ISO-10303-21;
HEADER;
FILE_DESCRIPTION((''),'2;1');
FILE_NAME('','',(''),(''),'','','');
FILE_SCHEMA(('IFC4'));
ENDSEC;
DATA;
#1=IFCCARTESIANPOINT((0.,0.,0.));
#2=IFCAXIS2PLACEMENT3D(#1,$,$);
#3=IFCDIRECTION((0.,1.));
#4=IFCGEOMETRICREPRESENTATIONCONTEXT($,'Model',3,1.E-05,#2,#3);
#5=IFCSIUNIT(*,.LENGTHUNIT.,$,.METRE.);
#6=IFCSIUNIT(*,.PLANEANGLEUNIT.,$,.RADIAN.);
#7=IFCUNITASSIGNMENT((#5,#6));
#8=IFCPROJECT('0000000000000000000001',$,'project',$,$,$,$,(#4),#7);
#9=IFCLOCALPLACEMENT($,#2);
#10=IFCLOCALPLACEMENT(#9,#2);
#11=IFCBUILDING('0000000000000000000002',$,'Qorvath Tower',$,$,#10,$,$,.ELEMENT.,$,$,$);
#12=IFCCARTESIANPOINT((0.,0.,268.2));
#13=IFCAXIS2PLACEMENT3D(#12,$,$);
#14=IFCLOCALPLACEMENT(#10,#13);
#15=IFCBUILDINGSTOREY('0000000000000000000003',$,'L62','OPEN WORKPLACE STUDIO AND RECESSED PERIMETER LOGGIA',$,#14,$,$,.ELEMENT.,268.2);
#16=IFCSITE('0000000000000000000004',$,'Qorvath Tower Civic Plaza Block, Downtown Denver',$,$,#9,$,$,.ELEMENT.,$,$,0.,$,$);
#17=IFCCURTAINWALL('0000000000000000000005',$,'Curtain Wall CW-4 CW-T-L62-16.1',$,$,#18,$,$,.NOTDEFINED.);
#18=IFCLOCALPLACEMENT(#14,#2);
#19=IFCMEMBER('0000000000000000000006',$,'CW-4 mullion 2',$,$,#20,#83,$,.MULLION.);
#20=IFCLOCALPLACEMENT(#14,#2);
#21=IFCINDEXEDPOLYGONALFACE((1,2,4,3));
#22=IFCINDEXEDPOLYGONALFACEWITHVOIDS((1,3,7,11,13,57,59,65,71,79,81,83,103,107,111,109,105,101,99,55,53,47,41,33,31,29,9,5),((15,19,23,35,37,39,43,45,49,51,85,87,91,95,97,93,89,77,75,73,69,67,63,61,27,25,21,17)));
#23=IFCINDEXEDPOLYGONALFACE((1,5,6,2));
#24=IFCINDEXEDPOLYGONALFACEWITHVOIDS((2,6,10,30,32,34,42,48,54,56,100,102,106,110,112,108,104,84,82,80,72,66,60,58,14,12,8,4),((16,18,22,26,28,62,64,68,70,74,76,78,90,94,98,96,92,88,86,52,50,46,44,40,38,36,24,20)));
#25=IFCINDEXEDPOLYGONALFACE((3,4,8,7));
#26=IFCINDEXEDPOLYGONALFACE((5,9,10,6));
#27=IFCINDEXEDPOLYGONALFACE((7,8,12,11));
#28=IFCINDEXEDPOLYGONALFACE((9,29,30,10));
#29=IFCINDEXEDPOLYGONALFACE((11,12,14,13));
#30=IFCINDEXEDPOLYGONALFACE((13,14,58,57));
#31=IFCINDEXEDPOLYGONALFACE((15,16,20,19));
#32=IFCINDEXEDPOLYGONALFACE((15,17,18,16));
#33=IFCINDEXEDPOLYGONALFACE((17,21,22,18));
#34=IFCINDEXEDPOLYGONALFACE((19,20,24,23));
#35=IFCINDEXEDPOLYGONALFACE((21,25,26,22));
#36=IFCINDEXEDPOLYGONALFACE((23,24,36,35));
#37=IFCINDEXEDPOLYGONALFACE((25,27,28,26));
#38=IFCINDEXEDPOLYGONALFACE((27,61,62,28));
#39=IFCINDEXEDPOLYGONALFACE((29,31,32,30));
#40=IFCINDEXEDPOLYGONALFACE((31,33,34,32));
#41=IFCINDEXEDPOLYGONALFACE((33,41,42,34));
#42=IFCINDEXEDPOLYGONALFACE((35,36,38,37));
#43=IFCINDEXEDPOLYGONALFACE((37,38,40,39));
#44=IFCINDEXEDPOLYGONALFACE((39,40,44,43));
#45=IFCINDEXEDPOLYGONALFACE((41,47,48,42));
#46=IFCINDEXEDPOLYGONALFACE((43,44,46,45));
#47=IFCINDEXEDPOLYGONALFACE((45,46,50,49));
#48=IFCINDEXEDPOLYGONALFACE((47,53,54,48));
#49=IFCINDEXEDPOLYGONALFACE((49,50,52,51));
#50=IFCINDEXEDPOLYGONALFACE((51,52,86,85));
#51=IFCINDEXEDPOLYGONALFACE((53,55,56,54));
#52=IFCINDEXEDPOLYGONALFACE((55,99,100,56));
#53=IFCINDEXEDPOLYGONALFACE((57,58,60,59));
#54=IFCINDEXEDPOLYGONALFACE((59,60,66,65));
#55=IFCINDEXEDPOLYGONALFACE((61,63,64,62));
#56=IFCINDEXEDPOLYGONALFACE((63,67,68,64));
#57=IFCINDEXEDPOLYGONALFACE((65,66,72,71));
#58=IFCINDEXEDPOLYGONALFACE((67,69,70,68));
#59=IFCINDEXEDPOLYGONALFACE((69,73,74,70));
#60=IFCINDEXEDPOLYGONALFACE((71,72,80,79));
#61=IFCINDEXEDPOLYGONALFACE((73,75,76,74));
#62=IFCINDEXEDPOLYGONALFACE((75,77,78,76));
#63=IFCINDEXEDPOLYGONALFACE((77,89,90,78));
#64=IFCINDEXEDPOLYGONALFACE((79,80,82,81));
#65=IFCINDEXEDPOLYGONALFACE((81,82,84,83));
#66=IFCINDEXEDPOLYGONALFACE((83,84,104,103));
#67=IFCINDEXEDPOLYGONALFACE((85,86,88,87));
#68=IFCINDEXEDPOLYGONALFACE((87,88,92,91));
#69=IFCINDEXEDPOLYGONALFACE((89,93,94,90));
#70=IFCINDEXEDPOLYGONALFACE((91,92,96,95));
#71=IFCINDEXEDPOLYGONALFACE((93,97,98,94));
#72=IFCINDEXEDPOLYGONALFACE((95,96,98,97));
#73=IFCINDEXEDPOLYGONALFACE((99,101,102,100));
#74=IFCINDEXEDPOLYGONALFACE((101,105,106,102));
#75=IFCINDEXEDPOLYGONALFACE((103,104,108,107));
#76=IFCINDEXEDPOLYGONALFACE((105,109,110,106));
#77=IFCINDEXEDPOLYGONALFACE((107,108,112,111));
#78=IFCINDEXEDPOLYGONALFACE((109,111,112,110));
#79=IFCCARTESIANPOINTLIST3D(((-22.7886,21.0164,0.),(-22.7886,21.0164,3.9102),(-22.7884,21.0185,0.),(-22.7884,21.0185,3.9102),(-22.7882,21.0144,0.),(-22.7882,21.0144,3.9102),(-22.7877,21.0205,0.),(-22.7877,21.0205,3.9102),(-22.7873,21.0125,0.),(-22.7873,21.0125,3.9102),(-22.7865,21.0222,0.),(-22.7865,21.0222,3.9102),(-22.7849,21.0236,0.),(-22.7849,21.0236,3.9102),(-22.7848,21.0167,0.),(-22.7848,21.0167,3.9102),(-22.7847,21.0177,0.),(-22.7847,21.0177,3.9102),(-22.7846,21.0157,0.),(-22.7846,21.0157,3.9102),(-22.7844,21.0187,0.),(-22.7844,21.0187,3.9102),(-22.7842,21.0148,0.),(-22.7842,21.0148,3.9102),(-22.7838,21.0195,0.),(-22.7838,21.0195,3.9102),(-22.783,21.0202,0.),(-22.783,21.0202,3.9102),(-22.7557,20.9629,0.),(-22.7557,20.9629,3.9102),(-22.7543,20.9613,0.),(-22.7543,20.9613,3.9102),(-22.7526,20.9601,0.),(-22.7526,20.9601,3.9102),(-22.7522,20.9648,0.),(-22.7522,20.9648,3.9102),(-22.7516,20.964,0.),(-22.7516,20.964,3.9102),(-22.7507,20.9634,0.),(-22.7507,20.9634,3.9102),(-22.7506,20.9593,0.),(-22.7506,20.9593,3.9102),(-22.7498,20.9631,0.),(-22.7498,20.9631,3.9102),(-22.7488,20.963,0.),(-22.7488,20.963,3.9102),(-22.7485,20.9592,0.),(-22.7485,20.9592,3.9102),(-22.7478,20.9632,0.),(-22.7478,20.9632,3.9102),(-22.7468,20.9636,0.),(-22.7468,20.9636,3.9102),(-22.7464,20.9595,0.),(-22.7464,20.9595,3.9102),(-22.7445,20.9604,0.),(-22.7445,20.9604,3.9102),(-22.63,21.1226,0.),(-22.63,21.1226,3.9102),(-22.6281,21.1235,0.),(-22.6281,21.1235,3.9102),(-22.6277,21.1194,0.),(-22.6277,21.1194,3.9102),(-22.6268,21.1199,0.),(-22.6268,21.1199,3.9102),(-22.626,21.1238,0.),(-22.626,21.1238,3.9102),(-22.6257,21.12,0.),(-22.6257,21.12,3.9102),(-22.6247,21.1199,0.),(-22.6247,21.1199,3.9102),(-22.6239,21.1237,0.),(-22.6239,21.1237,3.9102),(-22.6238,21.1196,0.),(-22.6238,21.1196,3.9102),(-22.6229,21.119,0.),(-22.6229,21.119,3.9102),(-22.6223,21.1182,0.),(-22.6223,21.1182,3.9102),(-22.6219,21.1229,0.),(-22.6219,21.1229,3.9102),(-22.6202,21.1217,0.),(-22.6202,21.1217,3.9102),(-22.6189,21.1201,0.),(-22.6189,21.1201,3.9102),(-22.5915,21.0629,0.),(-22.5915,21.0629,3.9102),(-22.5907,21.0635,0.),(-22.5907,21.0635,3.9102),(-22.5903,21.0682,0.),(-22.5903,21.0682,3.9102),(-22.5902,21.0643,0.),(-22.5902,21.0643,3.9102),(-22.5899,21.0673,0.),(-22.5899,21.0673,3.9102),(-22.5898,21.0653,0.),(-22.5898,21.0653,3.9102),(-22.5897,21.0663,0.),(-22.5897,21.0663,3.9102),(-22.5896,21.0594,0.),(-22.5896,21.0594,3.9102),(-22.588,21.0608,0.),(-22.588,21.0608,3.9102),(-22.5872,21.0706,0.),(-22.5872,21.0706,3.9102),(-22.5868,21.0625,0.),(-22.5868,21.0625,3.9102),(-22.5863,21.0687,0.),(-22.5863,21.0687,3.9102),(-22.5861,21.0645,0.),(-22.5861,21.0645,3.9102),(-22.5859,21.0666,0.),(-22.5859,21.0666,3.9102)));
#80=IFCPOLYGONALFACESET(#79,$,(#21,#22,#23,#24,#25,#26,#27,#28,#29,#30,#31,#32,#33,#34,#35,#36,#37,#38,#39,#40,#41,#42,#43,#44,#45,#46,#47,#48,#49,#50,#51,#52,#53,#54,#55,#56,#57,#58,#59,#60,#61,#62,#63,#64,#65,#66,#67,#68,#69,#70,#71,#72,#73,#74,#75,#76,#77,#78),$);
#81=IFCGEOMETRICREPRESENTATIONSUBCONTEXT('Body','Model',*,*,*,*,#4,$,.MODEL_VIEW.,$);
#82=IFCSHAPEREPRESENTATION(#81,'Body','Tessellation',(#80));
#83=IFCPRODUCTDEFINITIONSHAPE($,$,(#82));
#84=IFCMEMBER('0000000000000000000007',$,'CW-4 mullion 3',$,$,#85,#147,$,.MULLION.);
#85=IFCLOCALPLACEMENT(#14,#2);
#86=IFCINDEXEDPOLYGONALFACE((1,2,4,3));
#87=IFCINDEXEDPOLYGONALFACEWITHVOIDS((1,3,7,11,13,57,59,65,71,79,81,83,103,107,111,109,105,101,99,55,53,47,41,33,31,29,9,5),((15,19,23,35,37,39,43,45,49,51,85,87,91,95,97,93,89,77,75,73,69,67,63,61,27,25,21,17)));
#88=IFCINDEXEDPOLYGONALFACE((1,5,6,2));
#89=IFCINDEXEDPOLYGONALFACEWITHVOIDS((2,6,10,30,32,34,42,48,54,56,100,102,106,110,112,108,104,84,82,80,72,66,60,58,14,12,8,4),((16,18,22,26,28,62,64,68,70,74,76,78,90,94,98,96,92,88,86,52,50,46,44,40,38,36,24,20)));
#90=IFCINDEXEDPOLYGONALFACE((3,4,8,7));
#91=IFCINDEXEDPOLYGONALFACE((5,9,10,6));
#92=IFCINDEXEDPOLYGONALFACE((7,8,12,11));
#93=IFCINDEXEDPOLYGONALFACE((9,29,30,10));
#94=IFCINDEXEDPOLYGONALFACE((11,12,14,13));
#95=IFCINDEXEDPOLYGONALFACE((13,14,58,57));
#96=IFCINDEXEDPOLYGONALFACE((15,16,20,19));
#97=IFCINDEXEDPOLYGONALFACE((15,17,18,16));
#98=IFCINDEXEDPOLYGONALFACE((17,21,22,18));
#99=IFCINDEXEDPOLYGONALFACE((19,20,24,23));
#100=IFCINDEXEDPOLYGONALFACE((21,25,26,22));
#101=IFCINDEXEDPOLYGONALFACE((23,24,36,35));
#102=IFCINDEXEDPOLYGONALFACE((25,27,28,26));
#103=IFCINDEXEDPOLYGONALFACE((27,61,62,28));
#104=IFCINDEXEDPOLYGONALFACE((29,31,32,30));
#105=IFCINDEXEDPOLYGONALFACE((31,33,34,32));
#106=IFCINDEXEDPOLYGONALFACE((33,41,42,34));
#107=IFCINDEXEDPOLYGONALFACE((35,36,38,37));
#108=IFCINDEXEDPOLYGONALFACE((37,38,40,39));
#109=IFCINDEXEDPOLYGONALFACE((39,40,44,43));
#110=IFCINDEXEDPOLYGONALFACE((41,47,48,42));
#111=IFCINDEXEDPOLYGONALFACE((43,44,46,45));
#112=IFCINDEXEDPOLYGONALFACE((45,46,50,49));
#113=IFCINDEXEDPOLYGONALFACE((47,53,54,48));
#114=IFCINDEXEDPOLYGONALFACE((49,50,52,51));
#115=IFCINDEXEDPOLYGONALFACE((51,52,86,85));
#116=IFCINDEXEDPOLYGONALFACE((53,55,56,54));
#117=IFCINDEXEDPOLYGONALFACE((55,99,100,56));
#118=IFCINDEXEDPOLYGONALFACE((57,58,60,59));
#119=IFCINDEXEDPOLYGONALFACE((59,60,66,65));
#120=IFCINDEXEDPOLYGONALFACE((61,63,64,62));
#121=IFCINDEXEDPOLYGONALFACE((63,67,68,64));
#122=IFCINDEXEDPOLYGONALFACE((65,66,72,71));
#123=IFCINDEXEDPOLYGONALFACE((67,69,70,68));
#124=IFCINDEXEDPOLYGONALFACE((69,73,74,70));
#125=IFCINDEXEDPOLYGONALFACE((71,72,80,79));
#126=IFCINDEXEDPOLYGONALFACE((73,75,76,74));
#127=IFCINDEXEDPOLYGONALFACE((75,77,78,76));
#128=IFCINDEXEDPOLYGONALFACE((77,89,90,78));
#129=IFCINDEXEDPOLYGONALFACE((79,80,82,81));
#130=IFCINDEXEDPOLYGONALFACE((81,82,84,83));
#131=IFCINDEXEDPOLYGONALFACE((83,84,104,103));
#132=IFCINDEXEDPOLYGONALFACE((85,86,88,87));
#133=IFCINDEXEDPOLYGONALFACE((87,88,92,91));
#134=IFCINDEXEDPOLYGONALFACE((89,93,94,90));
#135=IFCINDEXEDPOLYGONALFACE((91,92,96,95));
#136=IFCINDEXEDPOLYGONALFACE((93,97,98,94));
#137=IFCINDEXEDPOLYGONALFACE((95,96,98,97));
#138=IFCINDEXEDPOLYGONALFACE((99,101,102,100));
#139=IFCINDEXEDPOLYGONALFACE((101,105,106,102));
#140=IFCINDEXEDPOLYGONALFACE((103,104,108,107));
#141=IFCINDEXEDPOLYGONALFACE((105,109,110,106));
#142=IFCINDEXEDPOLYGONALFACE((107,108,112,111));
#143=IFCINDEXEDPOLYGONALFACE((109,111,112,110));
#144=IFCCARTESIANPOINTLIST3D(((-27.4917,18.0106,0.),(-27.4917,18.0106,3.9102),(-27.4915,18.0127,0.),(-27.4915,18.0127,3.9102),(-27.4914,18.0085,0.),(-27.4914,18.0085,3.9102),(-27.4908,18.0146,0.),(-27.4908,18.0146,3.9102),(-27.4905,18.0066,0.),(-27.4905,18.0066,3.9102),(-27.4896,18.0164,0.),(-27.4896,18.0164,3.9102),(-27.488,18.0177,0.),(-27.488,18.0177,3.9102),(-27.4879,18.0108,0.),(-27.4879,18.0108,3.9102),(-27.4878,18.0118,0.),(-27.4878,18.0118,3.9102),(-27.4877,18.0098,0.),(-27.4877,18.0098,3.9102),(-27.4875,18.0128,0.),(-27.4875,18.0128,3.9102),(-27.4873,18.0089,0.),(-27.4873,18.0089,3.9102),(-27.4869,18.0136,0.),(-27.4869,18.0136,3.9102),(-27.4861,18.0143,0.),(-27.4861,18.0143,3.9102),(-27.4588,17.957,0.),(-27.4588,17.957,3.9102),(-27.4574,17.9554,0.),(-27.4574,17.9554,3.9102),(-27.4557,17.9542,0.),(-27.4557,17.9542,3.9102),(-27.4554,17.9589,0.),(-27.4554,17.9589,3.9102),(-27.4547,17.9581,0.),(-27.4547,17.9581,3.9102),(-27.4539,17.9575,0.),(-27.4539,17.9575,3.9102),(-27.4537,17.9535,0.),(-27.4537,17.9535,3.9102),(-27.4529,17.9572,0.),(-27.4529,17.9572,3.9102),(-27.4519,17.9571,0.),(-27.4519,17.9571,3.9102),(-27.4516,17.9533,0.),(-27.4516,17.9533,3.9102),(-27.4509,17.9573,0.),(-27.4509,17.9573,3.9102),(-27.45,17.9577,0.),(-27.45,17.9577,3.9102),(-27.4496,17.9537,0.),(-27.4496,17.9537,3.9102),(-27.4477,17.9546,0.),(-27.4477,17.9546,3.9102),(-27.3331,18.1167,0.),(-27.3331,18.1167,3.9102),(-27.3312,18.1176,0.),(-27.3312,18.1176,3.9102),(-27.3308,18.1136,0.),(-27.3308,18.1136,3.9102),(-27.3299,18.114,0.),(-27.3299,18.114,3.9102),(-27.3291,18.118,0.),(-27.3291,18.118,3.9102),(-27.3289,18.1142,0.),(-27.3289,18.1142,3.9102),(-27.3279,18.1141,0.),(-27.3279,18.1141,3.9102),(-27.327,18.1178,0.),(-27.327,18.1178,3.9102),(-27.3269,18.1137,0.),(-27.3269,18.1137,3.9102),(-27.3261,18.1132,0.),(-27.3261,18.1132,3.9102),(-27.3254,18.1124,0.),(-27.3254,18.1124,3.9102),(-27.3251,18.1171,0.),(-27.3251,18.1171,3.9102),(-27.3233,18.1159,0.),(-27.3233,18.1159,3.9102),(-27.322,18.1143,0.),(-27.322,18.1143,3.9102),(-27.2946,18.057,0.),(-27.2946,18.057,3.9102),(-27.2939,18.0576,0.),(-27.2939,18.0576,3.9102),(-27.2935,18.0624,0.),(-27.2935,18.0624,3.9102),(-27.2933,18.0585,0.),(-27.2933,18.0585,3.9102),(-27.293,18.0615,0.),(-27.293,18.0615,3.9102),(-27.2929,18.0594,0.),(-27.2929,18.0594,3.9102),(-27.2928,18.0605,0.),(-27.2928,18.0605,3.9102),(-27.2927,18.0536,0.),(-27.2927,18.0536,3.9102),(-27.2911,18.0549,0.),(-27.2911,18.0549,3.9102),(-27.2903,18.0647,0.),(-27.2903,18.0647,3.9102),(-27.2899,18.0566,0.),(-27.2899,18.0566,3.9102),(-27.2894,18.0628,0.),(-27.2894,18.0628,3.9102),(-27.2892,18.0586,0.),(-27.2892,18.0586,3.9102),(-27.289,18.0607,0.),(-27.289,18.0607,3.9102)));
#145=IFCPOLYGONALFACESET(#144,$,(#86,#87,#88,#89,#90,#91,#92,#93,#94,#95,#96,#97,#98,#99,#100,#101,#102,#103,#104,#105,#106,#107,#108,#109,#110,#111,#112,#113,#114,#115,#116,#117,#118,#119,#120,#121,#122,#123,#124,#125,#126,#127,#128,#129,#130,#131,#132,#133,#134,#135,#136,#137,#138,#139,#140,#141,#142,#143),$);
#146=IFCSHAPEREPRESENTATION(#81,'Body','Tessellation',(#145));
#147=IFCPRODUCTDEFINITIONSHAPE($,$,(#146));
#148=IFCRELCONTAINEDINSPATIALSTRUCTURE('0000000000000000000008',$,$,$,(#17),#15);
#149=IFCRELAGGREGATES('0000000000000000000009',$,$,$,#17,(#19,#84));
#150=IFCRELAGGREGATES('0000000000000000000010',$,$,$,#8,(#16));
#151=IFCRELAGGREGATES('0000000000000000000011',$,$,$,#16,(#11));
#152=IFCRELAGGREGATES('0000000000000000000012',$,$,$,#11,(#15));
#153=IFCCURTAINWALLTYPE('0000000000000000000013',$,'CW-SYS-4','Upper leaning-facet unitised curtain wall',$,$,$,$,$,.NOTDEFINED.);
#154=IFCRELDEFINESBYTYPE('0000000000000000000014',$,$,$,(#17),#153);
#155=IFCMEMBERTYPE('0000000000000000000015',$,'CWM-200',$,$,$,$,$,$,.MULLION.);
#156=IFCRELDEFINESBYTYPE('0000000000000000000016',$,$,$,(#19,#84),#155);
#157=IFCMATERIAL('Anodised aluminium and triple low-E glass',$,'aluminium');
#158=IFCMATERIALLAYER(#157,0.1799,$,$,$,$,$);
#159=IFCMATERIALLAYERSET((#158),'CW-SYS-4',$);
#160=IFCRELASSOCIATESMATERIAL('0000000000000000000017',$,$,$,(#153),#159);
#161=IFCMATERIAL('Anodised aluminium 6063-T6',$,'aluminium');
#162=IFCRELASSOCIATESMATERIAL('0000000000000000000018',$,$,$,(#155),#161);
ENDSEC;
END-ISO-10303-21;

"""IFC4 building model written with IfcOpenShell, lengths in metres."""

from ifc_helpers import new_model, si_unit, direction, frame, origin, origin_2d, place, context, subcontext, project, spatial, hollow_rectangle, extrude, material, layer, layer_set, material_profile, profile_set, type_object, element, aggregate, save


model = new_model("IFC4")

# Units and contexts
model_context = context("Model", 3, precision=1e-05, world=origin(), true_north=direction((0.0, 1.0)))
body_context = subcontext(model_context, "Body", "Model", "MODEL_VIEW")
ifc_project = project(units=[si_unit("LENGTHUNIT", "METRE"), si_unit("PLANEANGLEUNIT", "RADIAN")], contexts=[model_context])

# Site, building, storey
site_placement = place(None, origin())
site = spatial("IfcSite", under=ifc_project, at=site_placement, Name="Qorvath Tower Civic Plaza Block, Downtown Denver", CompositionType="ELEMENT", RefElevation=0.0)
building_placement = place(site_placement, origin())
building = spatial("IfcBuilding", under=site, at=building_placement, Name="Qorvath Tower", CompositionType="ELEMENT")
storey_placement = place(building_placement, frame((0.0, 0.0, 268.2)))
storey = spatial("IfcBuildingStorey", under=building, at=storey_placement, Name="L62", Description="OPEN WORKPLACE STUDIO AND RECESSED PERIMETER LOGGIA", CompositionType="ELEMENT", Elevation=268.2)

# Curtain wall, members
ifc_material_1 = material(Name="Anodised aluminium and triple low-E glass", Category="aluminium")
ifc_layer_1 = layer(ifc_material_1, 0.1799)
ifc_layer_set_1 = layer_set([ifc_layer_1], Name="CW-SYS-4")
curtain_wall_type = type_object("IfcCurtainWallType", Name="CW-SYS-4", Description="Upper leaning-facet unitised curtain wall", PredefinedType="NOTDEFINED", material=ifc_layer_set_1)
curtain_wall_placement = place(storey_placement, origin())
curtain_wall = element("IfcCurtainWall", 1, at=curtain_wall_placement, inside=storey, type_object=curtain_wall_type, Name="Curtain Wall CW-4 CW-T-L62-16.1", PredefinedType="NOTDEFINED")
ifc_material_2 = material(Name="Anodised aluminium 6063-T6", Category="aluminium")
ifc_material_profile_1 = material_profile(ifc_material_2, hollow_rectangle(XDim=0.075, YDim=0.2, WallThickness=0.0039, InnerFilletRadius=0.0039, OuterFilletRadius=0.0081, at=origin_2d()), Name="CWM 200x75")
ifc_profile_set_1 = profile_set([ifc_material_profile_1], Name="Anodised aluminium 6063-T6")
member_type_1 = type_object("IfcMemberType", Name="CWM-200", PredefinedType="MULLION", material=ifc_profile_set_1)
member_1_placement = place(storey_placement, frame((-22.6873, 21.0415, 0.0), z_axis=(0.0, 0.0, 1.0), x_axis=(0.538534, -0.842604, 0.0)))
member_1 = element("IfcMember", 2, at=member_1_placement, type_object=member_type_1, Name="CW-4 mullion 2", PredefinedType="MULLION", context=body_context, shape_type="SweptSolid", body=[
    extrude(hollow_rectangle(XDim=0.075, YDim=0.2, WallThickness=0.0039, InnerFilletRadius=0.0039, OuterFilletRadius=0.0081, at=origin_2d()), origin(), (0.0, 0.0, 1.0), 3.9102),
])
member_2_placement = place(storey_placement, frame((-27.3904, 18.0356, 0.0), z_axis=(0.0, 0.0, 1.0), x_axis=(0.538534, -0.842604, 0.0)))
member_2 = element("IfcMember", 3, at=member_2_placement, type_object=member_type_1, Name="CW-4 mullion 3", PredefinedType="MULLION", context=body_context, shape_type="SweptSolid", body=[
    extrude(hollow_rectangle(XDim=0.075, YDim=0.2, WallThickness=0.0039, InnerFilletRadius=0.0039, OuterFilletRadius=0.0081, at=origin_2d()), origin(), (0.0, 0.0, 1.0), 3.9102),
])
aggregate(curtain_wall, [member_1, member_2])

save(model, "model.ifc")
